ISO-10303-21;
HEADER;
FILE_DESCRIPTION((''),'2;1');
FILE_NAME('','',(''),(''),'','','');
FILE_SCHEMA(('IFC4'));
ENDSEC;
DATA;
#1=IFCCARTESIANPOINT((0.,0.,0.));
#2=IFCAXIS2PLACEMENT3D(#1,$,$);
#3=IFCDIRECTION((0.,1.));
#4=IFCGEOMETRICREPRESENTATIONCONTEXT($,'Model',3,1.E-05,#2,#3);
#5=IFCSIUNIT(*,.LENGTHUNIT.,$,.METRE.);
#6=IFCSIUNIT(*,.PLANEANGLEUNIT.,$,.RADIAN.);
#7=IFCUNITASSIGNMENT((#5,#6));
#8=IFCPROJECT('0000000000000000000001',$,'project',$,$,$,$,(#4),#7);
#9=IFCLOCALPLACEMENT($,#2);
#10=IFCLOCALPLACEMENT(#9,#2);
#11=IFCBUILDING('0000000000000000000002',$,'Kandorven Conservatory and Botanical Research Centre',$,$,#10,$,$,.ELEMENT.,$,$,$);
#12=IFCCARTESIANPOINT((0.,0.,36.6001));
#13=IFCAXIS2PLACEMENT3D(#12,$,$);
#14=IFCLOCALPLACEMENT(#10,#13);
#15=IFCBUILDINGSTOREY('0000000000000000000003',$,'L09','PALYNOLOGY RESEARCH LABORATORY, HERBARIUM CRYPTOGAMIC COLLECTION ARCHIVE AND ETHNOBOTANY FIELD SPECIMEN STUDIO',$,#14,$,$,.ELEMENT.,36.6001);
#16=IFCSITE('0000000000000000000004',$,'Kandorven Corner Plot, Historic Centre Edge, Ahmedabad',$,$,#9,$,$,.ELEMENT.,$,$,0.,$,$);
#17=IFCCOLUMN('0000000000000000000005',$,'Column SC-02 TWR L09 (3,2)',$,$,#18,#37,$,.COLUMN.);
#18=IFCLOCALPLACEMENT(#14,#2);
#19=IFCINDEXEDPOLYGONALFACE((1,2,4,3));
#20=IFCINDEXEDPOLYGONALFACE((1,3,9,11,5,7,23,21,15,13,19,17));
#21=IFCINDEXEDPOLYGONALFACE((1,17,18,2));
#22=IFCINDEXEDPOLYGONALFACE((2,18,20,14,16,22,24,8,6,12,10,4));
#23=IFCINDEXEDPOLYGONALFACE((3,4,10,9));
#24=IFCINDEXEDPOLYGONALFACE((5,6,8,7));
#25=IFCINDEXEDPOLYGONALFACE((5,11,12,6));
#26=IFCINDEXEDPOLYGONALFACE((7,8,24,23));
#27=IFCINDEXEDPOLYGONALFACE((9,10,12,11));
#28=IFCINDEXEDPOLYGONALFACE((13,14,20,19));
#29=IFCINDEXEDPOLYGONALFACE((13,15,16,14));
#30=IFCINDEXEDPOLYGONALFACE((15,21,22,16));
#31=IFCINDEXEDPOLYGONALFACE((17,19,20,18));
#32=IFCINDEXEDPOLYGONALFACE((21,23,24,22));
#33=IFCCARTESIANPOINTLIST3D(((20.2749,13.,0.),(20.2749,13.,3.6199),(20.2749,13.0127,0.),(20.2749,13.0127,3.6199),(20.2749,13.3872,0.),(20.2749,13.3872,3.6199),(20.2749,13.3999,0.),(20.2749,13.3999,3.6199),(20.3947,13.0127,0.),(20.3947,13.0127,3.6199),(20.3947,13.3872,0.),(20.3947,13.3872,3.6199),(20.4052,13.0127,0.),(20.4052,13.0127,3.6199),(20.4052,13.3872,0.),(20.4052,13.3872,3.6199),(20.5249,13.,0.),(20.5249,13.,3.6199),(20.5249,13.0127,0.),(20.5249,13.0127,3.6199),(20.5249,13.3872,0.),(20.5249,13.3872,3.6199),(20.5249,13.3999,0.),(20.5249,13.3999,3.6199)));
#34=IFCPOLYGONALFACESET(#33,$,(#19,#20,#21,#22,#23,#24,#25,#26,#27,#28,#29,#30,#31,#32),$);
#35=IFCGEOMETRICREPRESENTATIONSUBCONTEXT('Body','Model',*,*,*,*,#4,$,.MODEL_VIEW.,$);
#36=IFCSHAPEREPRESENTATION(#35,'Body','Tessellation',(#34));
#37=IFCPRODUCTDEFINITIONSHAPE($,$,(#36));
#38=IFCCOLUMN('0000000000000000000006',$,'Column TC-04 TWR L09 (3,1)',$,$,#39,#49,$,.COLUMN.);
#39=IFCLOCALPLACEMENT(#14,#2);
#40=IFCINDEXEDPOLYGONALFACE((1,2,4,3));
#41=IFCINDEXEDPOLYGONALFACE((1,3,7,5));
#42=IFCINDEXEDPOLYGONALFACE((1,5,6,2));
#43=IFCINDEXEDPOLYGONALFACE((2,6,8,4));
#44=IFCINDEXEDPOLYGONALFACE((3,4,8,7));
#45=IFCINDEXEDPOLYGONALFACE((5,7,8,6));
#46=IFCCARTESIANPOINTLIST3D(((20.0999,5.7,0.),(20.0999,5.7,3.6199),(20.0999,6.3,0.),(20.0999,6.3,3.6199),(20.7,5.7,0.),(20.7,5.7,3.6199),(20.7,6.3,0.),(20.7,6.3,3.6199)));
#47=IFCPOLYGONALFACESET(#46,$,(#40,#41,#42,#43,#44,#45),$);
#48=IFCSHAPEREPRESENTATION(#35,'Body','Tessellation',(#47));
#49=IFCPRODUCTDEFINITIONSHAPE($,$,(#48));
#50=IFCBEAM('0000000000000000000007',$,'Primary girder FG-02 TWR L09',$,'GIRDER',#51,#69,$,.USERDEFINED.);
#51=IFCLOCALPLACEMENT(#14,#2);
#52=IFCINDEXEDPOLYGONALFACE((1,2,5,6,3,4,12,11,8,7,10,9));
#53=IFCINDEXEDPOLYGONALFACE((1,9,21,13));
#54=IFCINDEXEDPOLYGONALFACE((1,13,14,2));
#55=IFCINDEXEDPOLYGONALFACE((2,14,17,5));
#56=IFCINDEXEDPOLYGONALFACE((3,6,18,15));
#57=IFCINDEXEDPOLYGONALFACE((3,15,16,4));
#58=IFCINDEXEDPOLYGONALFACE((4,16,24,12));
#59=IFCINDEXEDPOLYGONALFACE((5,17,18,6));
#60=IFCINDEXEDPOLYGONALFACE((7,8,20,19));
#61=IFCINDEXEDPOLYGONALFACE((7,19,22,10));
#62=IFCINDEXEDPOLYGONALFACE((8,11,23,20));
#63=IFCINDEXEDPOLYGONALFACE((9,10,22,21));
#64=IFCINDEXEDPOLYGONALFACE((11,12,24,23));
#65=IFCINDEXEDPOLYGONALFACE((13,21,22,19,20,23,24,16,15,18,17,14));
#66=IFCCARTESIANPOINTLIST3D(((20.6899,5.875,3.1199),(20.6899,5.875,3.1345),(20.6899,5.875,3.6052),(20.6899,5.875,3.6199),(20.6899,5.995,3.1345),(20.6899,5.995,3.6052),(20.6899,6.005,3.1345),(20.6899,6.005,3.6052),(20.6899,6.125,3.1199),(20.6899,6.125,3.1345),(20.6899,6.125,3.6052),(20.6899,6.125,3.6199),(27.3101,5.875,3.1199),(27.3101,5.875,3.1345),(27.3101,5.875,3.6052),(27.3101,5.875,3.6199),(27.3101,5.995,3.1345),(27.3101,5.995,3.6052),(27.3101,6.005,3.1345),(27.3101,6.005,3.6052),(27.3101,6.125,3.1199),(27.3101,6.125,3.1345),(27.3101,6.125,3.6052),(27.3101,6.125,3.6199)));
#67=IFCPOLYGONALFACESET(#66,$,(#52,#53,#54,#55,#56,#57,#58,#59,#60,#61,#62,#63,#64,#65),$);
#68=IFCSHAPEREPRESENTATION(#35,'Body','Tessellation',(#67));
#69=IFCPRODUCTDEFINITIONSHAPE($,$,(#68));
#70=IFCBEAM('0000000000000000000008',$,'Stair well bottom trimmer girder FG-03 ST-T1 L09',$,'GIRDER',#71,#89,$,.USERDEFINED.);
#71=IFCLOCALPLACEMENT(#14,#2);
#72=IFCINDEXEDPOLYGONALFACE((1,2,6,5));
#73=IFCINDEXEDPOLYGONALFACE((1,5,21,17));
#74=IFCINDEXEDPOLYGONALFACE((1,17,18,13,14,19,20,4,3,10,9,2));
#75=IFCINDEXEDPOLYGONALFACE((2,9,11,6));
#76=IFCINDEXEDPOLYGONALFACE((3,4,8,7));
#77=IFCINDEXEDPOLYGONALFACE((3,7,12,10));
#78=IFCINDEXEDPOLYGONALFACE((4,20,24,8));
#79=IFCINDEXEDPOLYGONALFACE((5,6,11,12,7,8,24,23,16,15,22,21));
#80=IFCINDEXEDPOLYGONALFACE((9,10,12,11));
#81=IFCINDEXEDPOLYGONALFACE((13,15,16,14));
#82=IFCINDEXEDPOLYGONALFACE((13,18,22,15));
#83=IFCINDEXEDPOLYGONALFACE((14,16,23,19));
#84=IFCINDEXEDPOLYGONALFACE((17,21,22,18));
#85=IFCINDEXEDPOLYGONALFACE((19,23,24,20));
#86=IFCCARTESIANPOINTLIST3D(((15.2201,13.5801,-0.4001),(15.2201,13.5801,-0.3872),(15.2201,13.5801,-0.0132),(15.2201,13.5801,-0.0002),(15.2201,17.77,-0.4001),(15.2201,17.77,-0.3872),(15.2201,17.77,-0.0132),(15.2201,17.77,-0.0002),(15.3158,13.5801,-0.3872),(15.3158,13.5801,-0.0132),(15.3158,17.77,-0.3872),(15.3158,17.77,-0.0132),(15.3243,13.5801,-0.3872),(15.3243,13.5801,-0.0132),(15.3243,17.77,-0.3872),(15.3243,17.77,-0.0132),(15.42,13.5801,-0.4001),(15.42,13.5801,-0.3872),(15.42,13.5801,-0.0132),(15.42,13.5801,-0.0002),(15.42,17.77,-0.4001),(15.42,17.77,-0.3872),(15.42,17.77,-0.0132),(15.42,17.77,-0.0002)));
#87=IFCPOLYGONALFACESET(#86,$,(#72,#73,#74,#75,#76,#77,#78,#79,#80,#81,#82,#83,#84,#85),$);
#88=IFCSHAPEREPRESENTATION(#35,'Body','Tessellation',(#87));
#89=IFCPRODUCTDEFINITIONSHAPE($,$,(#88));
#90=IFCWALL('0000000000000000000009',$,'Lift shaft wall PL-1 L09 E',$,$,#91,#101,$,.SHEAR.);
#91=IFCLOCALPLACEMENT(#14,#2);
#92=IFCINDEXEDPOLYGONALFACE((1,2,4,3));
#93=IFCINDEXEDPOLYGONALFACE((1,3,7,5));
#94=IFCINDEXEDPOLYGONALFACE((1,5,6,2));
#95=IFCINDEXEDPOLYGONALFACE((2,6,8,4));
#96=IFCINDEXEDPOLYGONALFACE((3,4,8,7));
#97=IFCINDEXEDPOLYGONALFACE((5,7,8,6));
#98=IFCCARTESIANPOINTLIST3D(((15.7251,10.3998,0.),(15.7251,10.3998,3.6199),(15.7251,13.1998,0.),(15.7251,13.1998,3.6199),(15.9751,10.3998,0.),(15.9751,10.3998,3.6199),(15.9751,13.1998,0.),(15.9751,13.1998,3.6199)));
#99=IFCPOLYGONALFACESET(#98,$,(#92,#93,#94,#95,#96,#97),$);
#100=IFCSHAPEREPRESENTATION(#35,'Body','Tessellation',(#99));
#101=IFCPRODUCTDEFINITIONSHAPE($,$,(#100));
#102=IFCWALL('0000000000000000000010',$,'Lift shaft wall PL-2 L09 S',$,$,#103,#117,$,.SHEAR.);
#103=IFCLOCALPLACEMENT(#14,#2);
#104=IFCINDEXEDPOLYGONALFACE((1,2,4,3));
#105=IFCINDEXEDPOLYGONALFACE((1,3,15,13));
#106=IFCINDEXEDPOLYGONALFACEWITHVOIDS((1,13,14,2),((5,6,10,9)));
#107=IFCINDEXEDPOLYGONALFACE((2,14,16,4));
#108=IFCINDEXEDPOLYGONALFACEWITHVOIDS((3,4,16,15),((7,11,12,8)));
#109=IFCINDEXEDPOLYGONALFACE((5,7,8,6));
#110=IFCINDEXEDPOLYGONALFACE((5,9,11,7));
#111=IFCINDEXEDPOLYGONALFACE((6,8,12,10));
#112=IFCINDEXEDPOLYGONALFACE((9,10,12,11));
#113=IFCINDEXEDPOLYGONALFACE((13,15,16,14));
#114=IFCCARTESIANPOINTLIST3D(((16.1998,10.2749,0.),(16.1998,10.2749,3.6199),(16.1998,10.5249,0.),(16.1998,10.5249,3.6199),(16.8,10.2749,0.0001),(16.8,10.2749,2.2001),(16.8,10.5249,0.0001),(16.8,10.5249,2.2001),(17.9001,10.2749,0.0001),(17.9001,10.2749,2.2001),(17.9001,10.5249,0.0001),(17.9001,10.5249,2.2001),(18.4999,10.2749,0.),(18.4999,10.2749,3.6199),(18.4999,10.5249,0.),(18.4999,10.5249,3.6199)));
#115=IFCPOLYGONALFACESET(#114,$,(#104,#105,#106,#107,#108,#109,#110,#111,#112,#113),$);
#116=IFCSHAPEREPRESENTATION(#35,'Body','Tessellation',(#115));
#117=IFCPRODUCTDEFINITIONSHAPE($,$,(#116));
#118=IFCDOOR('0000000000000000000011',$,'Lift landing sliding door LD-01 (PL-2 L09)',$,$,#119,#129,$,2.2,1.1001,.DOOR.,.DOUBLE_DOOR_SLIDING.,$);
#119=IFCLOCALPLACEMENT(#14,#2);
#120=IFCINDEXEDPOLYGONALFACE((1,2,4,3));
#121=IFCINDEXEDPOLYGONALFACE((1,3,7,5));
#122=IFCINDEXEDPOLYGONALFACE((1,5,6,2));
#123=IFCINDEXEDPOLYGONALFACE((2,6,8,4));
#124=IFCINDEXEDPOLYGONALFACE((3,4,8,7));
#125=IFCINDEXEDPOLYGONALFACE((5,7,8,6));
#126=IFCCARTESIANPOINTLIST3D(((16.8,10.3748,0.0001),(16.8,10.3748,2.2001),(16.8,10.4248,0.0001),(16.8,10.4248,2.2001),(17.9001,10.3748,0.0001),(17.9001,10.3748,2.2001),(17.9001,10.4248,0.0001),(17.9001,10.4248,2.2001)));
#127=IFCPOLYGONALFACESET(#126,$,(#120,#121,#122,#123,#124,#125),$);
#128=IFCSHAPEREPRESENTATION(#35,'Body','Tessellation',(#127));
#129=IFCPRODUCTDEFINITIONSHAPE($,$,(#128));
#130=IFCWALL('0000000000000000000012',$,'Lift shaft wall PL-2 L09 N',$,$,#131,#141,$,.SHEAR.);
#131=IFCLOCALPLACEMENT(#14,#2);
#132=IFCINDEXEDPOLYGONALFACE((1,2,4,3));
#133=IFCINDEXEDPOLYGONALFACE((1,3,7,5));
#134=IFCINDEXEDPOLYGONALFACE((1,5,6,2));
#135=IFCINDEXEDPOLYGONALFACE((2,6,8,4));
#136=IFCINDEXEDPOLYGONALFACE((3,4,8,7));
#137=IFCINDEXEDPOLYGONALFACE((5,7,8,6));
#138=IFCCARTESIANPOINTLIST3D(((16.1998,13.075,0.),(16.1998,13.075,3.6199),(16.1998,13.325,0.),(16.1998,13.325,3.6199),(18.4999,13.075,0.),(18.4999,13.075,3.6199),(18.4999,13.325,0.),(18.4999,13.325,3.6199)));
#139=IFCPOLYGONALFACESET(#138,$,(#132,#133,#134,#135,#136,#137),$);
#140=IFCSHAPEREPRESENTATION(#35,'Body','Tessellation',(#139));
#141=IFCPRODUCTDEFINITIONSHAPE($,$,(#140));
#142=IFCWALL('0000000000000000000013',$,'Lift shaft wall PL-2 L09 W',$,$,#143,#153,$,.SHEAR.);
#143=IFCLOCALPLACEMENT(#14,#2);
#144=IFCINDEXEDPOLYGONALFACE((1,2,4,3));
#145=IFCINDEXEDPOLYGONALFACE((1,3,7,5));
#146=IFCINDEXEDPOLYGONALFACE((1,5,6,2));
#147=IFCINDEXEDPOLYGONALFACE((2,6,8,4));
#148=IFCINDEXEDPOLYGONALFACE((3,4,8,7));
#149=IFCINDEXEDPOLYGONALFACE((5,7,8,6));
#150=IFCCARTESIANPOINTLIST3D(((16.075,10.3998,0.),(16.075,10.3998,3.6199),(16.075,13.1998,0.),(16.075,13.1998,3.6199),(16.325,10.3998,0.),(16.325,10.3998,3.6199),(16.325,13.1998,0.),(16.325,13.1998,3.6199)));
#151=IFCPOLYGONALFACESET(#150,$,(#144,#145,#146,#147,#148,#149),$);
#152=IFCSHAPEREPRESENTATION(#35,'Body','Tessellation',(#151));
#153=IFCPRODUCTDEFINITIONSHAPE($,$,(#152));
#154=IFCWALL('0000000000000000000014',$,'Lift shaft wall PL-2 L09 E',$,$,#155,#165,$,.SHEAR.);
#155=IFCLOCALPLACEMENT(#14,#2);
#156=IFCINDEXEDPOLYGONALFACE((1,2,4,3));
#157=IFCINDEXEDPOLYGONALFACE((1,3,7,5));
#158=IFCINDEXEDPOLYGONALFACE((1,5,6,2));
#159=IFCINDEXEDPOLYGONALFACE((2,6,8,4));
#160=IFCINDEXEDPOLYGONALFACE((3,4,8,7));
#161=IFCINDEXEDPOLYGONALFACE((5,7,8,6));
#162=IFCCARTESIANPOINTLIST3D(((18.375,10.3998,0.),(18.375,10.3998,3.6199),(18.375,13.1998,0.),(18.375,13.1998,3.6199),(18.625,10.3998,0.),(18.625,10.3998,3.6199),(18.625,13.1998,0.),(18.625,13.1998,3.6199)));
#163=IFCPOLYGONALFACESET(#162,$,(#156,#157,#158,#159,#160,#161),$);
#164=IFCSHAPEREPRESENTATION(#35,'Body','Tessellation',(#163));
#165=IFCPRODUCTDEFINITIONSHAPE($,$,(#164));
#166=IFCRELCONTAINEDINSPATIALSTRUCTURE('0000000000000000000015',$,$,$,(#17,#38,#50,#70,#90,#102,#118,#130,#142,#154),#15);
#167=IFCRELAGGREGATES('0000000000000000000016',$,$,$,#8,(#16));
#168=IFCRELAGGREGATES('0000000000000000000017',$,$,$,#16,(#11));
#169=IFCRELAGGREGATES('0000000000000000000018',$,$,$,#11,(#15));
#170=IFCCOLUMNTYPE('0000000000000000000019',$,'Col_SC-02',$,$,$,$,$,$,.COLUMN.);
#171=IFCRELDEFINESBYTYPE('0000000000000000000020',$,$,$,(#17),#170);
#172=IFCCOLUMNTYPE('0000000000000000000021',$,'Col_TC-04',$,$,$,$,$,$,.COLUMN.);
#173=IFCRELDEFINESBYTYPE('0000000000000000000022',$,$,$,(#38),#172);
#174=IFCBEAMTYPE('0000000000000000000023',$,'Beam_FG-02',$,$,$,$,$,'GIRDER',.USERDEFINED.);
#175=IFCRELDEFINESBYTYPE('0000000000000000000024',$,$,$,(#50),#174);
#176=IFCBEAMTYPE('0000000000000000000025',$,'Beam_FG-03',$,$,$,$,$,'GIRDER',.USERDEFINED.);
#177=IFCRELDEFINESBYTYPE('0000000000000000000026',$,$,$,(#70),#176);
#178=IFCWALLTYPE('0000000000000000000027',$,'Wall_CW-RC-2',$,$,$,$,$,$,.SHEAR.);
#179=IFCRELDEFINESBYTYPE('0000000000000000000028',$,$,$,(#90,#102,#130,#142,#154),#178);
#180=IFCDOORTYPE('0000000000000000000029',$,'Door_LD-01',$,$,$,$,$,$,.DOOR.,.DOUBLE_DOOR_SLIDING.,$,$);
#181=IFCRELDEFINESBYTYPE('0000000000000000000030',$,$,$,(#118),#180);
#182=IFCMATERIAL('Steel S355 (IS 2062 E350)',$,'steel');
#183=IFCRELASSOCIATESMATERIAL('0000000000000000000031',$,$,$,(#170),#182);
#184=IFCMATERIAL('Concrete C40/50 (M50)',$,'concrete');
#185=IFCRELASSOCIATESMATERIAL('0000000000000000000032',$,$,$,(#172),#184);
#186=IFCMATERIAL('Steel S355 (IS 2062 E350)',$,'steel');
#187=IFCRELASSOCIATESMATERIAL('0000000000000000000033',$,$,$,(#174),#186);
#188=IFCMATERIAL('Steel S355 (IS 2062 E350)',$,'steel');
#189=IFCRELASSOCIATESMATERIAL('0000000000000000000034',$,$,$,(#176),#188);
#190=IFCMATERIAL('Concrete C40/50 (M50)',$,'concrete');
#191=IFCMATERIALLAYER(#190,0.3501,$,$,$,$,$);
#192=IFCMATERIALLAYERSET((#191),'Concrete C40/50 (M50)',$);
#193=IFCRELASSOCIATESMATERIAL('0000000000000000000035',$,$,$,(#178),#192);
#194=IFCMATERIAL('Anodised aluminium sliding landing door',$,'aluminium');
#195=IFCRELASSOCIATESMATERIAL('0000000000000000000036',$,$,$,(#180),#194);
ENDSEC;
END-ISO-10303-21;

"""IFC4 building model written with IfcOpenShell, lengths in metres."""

from ifc_helpers import new_model, si_unit, direction, frame, frame_2d, origin, origin_2d, place, context, subcontext, project, spatial, rectangle, i_section, extrude, material, layer, layer_set, material_profile, profile_set, type_object, element, fill, save


model = new_model("IFC4")

# Units and contexts
model_context = context("Model", 3, precision=1e-05, world=origin(), true_north=direction((0.0, 1.0)))
body_context = subcontext(model_context, "Body", "Model", "MODEL_VIEW")
ifc_project = project(units=[si_unit("LENGTHUNIT", "METRE"), si_unit("PLANEANGLEUNIT", "RADIAN")], contexts=[model_context])

# Site, building, storey
site_placement = place(None, origin())
site = spatial("IfcSite", under=ifc_project, at=site_placement, Name="Kandorven Corner Plot, Historic Centre Edge, Ahmedabad", CompositionType="ELEMENT", RefElevation=0.0)
building_placement = place(site_placement, origin())
building = spatial("IfcBuilding", under=site, at=building_placement, Name="Kandorven Conservatory and Botanical Research Centre", CompositionType="ELEMENT")
storey_placement = place(building_placement, frame((0.0, 0.0, 36.6001)))
storey = spatial("IfcBuildingStorey", under=building, at=storey_placement, Name="L09", Description="PALYNOLOGY RESEARCH LABORATORY, HERBARIUM CRYPTOGAMIC COLLECTION ARCHIVE AND ETHNOBOTANY FIELD SPECIMEN STUDIO", CompositionType="ELEMENT", Elevation=36.6001)

# Columns
ifc_material_1 = material(Name="Steel S355 (IS 2062 E350)", Category="steel")
ifc_material_profile_1 = material_profile(ifc_material_1, i_section(OverallWidth=0.25, OverallDepth=0.3999, WebThickness=0.0105, FlangeThickness=0.0127, at=origin_2d()))
ifc_profile_set_1 = profile_set([ifc_material_profile_1], Name="Steel S355 (IS 2062 E350)")
column_type_1 = type_object("IfcColumnType", Name="Col_SC-02", PredefinedType="COLUMN", material=ifc_profile_set_1)
column_1_placement = place(storey_placement, frame((20.3999, 13.2, 0.0), z_axis=(0.0, 0.0, 1.0), x_axis=(1.0, 0.0, 0.0)))
element("IfcColumn", 1, at=column_1_placement, inside=storey, type_object=column_type_1, Name="Column SC-02 TWR L09 (3,2)", PredefinedType="COLUMN", context=body_context, shape_type="SweptSolid", body=[
    extrude(i_section(OverallWidth=0.25, OverallDepth=0.3999, WebThickness=0.0105, FlangeThickness=0.0127, at=origin_2d()), origin(), (0.0, 0.0, 1.0), 3.6199),
])
ifc_material_2 = material(Name="Concrete C40/50 (M50)", Category="concrete")
ifc_material_profile_2 = material_profile(ifc_material_2, rectangle(XDim=0.6001, YDim=0.6001, at=origin_2d()))
ifc_profile_set_2 = profile_set([ifc_material_profile_2], Name="Concrete C40/50 (M50)")
column_type_2 = type_object("IfcColumnType", Name="Col_TC-04", PredefinedType="COLUMN", material=ifc_profile_set_2)
column_2_placement = place(storey_placement, frame((20.3999, 6.0, 0.0), z_axis=(0.0, 0.0, 1.0), x_axis=(1.0, 0.0, 0.0)))
element("IfcColumn", 2, at=column_2_placement, inside=storey, type_object=column_type_2, Name="Column TC-04 TWR L09 (3,1)", PredefinedType="COLUMN", context=body_context, shape_type="SweptSolid", body=[
    extrude(rectangle(XDim=0.6001, YDim=0.6001, at=origin_2d()), origin(), (0.0, 0.0, 1.0), 3.6199),
])

# Beams
ifc_material_3 = material(Name="Steel S355 (IS 2062 E350)", Category="steel")
ifc_material_profile_3 = material_profile(ifc_material_3, i_section(OverallWidth=0.25, OverallDepth=0.5, WebThickness=0.01, FlangeThickness=0.0146, at=origin_2d()))
ifc_profile_set_3 = profile_set([ifc_material_profile_3], Name="Steel S355 (IS 2062 E350)")
beam_type_1 = type_object("IfcBeamType", Name="Beam_FG-02", ElementType="GIRDER", PredefinedType="USERDEFINED", material=ifc_profile_set_3)
beam_1_placement = place(storey_placement, frame((20.6899, 6.0, 3.3699), z_axis=(1.0, 0.0, 0.0), x_axis=(0.0, 1.0, 0.0)))
element("IfcBeam", 3, at=beam_1_placement, inside=storey, type_object=beam_type_1, Name="Primary girder FG-02 TWR L09", ObjectType="GIRDER", PredefinedType="USERDEFINED", context=body_context, shape_type="SweptSolid", body=[
    extrude(i_section(OverallWidth=0.25, OverallDepth=0.5, WebThickness=0.01, FlangeThickness=0.0146, at=origin_2d()), origin(), (0.0, 0.0, 1.0), 6.6201),
])
ifc_material_4 = material(Name="Steel S355 (IS 2062 E350)", Category="steel")
ifc_material_profile_4 = material_profile(ifc_material_4, i_section(OverallWidth=0.2, OverallDepth=0.3999, WebThickness=0.0085, FlangeThickness=0.0129, at=origin_2d()))
ifc_profile_set_4 = profile_set([ifc_material_profile_4], Name="Steel S355 (IS 2062 E350)")
beam_type_2 = type_object("IfcBeamType", Name="Beam_FG-03", ElementType="GIRDER", PredefinedType="USERDEFINED", material=ifc_profile_set_4)
beam_2_placement = place(storey_placement, frame((15.3201, 13.5801, -0.2002), z_axis=(0.0, 1.0, 0.0), x_axis=(-1.0, 0.0, 0.0)))
element("IfcBeam", 4, at=beam_2_placement, inside=storey, type_object=beam_type_2, Name="Stair well bottom trimmer girder FG-03 ST-T1 L09", ObjectType="GIRDER", PredefinedType="USERDEFINED", context=body_context, shape_type="SweptSolid", body=[
    extrude(i_section(OverallWidth=0.2, OverallDepth=0.3999, WebThickness=0.0085, FlangeThickness=0.0129, at=origin_2d()), origin(), (0.0, 0.0, 1.0), 4.1899),
])

# Wall
ifc_material_5 = material(Name="Concrete C40/50 (M50)", Category="concrete")
ifc_layer_1 = layer(ifc_material_5, 0.3501)
ifc_layer_set_1 = layer_set([ifc_layer_1], Name="Concrete C40/50 (M50)")
wall_type_1 = type_object("IfcWallType", Name="Wall_CW-RC-2", PredefinedType="SHEAR", material=ifc_layer_set_1)
wall_1_placement = place(storey_placement, frame((15.8501, 10.3999, 0.0), z_axis=(0.0, 0.0, 1.0), x_axis=(0.0, 1.0, 0.0)))
element("IfcWall", 5, at=wall_1_placement, inside=storey, type_object=wall_type_1, Name="Lift shaft wall PL-1 L09 E", PredefinedType="SHEAR", context=body_context, shape_type="SweptSolid", body=[
    extrude(rectangle(XDim=2.8, YDim=0.25, at=frame_2d((1.3999, 0.0))), origin(), (0.0, 0.0, 1.0), 3.6199),
])

# Wall, opening, door
wall_2_placement = place(storey_placement, frame((16.2, 10.3999, 0.0), z_axis=(0.0, 0.0, 1.0), x_axis=(1.0, 0.0, 0.0)))
wall_2 = element("IfcWall", 6, at=wall_2_placement, inside=storey, type_object=wall_type_1, Name="Lift shaft wall PL-2 L09 S", PredefinedType="SHEAR", context=body_context, shape_type="SweptSolid", body=[
    extrude(rectangle(XDim=2.3, YDim=0.25, at=frame_2d((1.1499, 0.0))), origin(), (0.0, 0.0, 1.0), 3.6199),
])
opening_1_placement = place(wall_2_placement, frame((0.6001, 0.0, 0.0)))
opening_1 = element("IfcOpeningElement", 7, at=opening_1_placement, cuts=wall_2, PredefinedType="OPENING", context=body_context, shape_type="SweptSolid", body=[
    extrude(rectangle(XDim=1.1001, YDim=2.2, at=frame_2d((0.55, 1.1001))), frame((0.0, 0.135, 0.0), z_axis=(0.0, -1.0, 0.0), x_axis=(1.0, 0.0, 0.0)), (0.0, 0.0, 1.0), 0.27),
])
ifc_material_6 = material(Name="Anodised aluminium sliding landing door", Category="aluminium")
door_type_1 = type_object("IfcDoorType", Name="Door_LD-01", OperationType="DOUBLE_DOOR_SLIDING", PredefinedType="DOOR", material=ifc_material_6)
door_1_placement = place(opening_1_placement, origin())
door_1 = element("IfcDoor", 8, at=door_1_placement, inside=storey, type_object=door_type_1, Name="Lift landing sliding door LD-01 (PL-2 L09)", OperationType="DOUBLE_DOOR_SLIDING", OverallHeight=2.2, OverallWidth=1.1001, PredefinedType="DOOR", context=body_context, shape_type="SweptSolid", body=[
    extrude(rectangle(XDim=1.1001, YDim=2.2, at=frame_2d((0.55, 1.1001))), frame((0.0, 0.0249, 0.0), z_axis=(0.0, -1.0, 0.0), x_axis=(1.0, 0.0, 0.0)), (0.0, 0.0, 1.0), 0.05),
])
fill(opening_1, door_1)

# Walls
wall_3_placement = place(storey_placement, frame((16.2, 13.2, 0.0), z_axis=(0.0, 0.0, 1.0), x_axis=(1.0, 0.0, 0.0)))
element("IfcWall", 9, at=wall_3_placement, inside=storey, type_object=wall_type_1, Name="Lift shaft wall PL-2 L09 N", PredefinedType="SHEAR", context=body_context, shape_type="SweptSolid", body=[
    extrude(rectangle(XDim=2.3, YDim=0.25, at=frame_2d((1.1499, 0.0))), origin(), (0.0, 0.0, 1.0), 3.6199),
])
for number, where, z_axis, x_axis, name in (
    (10, (16.2, 10.3999, 0.0), (0.0, 0.0, 1.0), (0.0, 1.0, 0.0), "Lift shaft wall PL-2 L09 W"),
    (11, (18.5, 10.3999, 0.0), (0.0, 0.0, 1.0), (0.0, 1.0, 0.0), "Lift shaft wall PL-2 L09 E"),
):
    element("IfcWall", number, at=place(storey_placement, frame(where, z_axis=z_axis, x_axis=x_axis)), inside=storey, type_object=wall_type_1, Name=name, PredefinedType="SHEAR", context=body_context, shape_type="SweptSolid", body=[
        extrude(rectangle(XDim=2.8, YDim=0.25, at=frame_2d((1.3999, 0.0))), origin(), (0.0, 0.0, 1.0), 3.6199),
    ])

save(model, "model.ifc")
